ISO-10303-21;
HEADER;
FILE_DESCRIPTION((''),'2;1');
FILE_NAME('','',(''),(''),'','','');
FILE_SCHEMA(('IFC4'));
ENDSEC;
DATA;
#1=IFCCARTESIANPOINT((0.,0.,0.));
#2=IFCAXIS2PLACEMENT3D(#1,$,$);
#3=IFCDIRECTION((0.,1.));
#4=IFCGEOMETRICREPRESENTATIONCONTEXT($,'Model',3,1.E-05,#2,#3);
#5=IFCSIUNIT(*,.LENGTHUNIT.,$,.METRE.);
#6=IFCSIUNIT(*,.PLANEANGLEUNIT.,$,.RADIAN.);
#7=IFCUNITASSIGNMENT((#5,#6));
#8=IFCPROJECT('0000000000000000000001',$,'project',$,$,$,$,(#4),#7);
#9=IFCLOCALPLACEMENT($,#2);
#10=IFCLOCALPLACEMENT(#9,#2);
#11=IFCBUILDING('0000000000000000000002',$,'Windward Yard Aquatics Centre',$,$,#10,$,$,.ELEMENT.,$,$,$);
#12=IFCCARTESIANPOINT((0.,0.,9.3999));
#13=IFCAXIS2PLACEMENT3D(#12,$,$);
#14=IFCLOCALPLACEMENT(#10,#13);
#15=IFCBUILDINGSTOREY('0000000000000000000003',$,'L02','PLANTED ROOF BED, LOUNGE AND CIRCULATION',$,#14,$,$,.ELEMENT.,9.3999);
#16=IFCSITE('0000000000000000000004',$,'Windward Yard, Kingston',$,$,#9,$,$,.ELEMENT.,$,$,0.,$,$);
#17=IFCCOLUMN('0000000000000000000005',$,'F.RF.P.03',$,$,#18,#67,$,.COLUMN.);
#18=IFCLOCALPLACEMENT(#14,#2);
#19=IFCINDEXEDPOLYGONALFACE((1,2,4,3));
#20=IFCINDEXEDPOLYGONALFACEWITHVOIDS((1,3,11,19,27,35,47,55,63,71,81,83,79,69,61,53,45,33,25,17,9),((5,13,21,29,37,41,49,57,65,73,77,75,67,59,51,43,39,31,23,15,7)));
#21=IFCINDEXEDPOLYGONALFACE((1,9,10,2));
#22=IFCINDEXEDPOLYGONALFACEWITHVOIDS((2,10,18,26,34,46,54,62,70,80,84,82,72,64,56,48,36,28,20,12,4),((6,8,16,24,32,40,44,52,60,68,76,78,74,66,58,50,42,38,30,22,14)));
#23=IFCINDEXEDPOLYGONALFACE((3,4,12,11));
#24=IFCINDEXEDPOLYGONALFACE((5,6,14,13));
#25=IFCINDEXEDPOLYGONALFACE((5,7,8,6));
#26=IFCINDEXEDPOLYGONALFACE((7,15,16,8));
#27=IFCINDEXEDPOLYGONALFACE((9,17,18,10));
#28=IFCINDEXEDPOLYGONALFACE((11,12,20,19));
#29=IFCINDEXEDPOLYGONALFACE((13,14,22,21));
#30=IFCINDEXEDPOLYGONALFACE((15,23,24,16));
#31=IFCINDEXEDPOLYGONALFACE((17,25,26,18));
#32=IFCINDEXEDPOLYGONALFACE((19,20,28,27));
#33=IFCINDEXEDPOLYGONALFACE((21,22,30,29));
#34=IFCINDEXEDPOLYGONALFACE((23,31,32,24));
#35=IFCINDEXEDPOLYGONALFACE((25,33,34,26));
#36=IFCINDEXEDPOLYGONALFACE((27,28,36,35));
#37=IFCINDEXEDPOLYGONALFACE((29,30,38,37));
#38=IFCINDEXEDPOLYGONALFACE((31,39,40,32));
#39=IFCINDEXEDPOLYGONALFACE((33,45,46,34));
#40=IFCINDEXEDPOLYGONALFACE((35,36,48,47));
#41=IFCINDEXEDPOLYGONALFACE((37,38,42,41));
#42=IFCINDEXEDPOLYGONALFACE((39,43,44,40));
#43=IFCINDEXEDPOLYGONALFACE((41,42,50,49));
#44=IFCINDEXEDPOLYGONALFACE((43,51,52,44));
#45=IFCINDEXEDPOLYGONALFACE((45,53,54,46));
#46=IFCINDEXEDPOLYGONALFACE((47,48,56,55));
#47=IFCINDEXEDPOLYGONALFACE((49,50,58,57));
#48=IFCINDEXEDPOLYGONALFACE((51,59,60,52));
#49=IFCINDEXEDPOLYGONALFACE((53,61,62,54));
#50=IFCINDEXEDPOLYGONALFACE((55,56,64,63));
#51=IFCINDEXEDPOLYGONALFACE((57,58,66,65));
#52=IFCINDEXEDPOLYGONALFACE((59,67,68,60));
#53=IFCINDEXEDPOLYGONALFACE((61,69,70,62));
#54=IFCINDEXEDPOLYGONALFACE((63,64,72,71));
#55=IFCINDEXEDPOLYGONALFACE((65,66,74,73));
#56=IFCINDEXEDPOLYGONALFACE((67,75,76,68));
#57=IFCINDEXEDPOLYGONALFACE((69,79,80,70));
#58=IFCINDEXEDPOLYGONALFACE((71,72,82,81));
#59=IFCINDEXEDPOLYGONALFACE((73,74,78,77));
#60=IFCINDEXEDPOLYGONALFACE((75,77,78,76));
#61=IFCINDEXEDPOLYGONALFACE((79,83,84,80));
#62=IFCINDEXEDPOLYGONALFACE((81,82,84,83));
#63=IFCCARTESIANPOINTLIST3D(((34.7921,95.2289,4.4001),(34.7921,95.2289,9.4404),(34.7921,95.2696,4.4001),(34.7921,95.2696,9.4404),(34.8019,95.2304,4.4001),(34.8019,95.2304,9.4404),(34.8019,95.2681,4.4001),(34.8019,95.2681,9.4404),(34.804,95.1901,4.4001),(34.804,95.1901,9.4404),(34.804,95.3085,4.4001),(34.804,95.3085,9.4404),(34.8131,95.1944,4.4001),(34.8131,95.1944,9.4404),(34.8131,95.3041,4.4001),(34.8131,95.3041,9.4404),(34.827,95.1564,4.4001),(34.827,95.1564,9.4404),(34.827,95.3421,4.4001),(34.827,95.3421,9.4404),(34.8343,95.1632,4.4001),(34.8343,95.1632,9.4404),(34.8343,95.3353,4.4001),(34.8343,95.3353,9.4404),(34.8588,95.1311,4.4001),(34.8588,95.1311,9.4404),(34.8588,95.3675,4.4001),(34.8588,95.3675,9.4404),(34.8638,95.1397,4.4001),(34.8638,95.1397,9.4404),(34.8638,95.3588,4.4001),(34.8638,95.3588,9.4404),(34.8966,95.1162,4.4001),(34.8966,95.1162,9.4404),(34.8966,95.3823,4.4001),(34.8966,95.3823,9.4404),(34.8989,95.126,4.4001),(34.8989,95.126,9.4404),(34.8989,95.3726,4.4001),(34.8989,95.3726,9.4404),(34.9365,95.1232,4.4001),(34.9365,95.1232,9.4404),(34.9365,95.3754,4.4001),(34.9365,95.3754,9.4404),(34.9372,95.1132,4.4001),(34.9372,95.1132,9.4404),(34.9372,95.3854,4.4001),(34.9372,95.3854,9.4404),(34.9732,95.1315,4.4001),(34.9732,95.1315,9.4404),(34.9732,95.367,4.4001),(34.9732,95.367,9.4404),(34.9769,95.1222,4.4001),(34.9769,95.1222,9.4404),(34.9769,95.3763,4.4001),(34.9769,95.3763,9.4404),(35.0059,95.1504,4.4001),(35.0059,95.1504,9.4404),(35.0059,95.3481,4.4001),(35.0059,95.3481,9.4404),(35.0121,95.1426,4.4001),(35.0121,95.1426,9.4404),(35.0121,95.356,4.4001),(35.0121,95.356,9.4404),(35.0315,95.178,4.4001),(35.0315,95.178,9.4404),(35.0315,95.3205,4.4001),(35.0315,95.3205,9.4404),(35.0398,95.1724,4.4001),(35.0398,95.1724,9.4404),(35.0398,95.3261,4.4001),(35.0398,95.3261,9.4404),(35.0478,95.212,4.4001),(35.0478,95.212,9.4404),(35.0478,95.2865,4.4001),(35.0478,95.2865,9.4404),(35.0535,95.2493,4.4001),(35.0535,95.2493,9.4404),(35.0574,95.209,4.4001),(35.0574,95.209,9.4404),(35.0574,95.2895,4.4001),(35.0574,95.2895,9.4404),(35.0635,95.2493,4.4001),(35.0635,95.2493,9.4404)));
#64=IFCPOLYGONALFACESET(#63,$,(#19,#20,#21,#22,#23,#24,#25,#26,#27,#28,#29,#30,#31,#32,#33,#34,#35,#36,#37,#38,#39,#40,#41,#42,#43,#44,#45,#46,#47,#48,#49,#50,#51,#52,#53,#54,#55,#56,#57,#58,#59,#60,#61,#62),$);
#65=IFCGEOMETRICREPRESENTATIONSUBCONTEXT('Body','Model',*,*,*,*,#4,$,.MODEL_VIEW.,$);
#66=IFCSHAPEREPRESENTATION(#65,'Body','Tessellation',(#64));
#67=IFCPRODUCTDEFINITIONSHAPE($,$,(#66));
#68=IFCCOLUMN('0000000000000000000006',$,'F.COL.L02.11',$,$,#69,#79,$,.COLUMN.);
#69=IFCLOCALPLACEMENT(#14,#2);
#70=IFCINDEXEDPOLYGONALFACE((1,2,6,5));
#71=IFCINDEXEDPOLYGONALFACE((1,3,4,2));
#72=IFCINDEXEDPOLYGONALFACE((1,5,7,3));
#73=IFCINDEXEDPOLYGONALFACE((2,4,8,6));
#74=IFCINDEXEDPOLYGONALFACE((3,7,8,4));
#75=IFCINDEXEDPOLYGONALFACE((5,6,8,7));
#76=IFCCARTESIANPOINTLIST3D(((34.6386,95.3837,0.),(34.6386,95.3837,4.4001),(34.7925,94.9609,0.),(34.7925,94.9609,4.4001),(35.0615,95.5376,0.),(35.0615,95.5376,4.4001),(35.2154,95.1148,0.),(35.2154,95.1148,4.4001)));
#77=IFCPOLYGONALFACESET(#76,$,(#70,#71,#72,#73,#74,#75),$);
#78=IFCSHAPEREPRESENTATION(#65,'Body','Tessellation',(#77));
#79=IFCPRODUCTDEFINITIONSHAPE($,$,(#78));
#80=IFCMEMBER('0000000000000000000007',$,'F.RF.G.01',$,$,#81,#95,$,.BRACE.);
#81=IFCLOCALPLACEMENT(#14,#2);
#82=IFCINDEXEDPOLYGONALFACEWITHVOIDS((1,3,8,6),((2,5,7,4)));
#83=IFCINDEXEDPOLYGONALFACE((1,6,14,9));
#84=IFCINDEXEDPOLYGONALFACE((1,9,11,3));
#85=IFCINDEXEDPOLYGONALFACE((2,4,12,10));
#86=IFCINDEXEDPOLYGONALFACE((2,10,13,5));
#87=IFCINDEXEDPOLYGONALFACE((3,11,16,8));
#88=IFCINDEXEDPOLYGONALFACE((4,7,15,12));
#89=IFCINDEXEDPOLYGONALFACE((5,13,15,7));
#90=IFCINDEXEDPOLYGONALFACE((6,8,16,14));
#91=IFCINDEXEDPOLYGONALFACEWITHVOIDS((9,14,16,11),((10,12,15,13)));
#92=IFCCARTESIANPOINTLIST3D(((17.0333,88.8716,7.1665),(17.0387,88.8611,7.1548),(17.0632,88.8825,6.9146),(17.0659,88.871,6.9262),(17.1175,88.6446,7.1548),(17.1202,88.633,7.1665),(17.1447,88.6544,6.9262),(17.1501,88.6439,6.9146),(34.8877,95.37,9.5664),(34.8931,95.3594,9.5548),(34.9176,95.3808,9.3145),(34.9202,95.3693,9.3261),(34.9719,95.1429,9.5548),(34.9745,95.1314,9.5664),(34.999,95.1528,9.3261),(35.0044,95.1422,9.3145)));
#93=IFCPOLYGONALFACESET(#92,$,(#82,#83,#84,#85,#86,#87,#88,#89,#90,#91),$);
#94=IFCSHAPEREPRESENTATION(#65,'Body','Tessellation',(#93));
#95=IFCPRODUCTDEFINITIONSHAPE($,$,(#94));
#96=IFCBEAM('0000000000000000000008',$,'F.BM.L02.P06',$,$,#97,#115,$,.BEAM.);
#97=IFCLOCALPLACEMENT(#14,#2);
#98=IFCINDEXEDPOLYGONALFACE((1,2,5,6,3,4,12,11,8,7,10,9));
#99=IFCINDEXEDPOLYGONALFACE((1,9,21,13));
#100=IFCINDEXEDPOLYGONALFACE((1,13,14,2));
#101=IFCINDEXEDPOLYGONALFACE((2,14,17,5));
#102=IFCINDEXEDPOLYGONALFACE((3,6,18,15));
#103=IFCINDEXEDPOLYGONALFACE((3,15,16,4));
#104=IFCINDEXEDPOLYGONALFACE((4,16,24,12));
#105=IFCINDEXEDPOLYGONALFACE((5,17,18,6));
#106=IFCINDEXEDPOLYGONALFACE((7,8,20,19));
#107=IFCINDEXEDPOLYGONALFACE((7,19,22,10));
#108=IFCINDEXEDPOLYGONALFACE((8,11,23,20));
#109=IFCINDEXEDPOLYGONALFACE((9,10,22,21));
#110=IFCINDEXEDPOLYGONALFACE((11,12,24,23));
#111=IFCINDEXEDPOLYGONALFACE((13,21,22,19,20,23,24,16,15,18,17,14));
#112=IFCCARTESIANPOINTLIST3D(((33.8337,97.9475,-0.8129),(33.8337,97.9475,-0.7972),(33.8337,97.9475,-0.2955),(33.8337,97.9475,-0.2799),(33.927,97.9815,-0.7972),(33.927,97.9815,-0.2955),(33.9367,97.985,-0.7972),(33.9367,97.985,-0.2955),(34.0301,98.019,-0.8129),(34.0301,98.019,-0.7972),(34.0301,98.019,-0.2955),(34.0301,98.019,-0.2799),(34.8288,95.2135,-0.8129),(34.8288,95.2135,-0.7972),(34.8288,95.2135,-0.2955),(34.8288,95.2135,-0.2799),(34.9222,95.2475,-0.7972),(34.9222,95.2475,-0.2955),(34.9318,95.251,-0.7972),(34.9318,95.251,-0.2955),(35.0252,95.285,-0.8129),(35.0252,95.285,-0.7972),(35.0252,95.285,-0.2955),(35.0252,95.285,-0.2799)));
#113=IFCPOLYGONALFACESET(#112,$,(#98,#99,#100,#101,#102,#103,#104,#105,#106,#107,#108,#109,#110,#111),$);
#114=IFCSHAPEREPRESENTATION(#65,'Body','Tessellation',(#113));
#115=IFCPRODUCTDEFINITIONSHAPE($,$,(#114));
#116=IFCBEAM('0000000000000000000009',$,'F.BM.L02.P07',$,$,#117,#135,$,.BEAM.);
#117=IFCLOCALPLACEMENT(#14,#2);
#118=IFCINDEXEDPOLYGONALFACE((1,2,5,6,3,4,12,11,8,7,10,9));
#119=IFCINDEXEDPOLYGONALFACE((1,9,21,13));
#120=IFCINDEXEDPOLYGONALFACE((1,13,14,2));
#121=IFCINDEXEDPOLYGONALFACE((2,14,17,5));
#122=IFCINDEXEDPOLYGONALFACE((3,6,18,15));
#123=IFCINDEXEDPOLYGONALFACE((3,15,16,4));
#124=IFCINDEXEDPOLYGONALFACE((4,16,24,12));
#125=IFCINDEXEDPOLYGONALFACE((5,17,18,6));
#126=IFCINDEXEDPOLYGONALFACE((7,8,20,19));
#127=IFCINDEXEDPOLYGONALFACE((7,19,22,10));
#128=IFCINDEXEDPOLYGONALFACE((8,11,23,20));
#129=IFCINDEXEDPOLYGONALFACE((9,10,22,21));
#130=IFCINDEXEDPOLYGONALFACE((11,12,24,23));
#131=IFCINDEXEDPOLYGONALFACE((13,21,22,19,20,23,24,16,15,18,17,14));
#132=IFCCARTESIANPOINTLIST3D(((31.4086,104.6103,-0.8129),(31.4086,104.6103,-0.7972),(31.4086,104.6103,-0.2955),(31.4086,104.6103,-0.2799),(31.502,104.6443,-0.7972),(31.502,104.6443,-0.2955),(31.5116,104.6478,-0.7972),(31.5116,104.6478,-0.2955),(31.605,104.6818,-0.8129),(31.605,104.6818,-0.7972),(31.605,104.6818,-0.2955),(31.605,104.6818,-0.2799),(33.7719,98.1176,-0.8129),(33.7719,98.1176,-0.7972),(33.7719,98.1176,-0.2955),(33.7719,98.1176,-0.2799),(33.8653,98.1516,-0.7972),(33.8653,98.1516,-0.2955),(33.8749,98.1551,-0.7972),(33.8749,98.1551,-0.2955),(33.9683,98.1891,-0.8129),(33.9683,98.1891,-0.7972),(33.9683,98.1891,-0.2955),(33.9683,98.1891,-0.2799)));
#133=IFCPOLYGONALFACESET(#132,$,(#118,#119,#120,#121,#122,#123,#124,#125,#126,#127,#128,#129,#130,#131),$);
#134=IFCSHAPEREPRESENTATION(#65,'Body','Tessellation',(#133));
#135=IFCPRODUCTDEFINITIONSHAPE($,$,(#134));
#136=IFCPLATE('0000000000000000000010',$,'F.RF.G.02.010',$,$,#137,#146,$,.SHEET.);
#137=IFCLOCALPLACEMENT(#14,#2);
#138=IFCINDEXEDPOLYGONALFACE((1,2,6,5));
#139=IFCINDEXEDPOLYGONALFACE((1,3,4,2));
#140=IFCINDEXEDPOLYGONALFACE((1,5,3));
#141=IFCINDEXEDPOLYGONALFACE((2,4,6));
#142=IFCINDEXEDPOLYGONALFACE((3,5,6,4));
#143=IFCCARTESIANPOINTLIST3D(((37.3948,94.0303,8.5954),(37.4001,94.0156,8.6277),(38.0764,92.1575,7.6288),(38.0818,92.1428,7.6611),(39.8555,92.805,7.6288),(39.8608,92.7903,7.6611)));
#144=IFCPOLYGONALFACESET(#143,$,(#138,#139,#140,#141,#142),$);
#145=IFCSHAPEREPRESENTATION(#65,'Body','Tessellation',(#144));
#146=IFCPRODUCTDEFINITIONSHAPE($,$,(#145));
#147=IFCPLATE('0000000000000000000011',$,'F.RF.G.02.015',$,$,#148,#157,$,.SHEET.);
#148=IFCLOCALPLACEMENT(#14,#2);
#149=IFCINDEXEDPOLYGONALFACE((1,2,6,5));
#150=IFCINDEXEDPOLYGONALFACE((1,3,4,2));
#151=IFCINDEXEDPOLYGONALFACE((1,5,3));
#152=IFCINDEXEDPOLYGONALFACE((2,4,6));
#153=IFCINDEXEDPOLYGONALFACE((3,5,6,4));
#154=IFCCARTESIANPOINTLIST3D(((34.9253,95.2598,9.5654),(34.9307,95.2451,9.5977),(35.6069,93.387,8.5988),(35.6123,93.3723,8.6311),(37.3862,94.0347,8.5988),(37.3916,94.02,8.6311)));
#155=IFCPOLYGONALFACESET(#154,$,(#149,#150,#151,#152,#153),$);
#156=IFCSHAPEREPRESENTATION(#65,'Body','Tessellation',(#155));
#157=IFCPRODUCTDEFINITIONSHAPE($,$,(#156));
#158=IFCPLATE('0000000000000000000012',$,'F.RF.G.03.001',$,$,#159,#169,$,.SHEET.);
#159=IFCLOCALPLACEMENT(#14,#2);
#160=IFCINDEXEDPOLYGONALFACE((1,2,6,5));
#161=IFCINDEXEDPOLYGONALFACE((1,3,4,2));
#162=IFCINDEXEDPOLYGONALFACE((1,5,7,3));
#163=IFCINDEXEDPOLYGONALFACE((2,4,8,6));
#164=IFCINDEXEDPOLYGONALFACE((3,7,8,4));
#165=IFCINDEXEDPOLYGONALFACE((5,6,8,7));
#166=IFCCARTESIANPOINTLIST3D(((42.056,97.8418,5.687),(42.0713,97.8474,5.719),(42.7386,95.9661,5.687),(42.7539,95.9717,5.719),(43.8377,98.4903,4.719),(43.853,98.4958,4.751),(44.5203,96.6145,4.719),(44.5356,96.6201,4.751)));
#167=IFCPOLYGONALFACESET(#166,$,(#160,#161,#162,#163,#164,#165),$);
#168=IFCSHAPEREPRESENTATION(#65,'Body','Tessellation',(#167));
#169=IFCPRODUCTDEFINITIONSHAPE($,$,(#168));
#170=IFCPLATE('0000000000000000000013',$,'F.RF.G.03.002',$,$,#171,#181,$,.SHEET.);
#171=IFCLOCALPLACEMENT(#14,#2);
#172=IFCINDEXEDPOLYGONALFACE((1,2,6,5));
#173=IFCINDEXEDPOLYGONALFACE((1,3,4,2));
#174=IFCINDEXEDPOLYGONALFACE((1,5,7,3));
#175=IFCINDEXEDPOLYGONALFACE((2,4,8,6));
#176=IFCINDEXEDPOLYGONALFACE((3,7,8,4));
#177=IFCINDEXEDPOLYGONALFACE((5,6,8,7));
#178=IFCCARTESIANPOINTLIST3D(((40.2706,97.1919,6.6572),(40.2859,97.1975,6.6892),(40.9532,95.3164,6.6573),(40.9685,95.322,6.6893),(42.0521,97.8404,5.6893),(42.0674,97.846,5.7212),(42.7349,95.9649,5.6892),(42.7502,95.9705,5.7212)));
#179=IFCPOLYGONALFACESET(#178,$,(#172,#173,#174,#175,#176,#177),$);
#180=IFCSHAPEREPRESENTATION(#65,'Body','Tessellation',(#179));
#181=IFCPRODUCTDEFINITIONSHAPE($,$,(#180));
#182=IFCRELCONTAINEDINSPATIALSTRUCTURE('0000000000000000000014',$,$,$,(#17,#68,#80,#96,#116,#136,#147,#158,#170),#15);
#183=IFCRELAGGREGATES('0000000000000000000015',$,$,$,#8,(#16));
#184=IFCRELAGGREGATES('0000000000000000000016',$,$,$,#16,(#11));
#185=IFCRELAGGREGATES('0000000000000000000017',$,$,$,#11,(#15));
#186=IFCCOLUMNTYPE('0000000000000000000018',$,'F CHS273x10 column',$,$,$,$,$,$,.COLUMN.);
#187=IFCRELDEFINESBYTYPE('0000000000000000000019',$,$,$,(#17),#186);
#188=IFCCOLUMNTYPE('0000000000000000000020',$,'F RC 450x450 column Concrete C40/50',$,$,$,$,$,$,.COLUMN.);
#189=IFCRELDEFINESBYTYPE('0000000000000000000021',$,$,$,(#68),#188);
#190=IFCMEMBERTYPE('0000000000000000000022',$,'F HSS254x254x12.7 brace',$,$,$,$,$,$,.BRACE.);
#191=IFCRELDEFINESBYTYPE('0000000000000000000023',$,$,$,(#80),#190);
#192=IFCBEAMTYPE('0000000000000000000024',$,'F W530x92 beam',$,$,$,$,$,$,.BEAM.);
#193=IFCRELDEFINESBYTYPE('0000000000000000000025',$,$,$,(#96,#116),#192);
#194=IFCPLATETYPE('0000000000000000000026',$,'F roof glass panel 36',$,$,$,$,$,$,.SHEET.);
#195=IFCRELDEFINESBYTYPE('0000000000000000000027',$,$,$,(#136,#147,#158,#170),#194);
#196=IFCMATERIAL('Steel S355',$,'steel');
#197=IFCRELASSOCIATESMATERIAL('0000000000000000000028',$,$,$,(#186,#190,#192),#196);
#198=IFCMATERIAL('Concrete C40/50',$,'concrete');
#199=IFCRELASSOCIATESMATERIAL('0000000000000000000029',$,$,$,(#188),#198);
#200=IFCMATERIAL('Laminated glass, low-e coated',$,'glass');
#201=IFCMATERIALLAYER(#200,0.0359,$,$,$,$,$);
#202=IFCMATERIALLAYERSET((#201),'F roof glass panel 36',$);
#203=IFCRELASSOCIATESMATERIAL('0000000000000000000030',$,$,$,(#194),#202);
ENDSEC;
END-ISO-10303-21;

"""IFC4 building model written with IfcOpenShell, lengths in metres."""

from ifc_helpers import new_model, si_unit, direction, frame, origin, origin_2d, place, context, subcontext, project, spatial, polyline, rectangle, hollow_rectangle, hollow_circle, i_section, outline, extrude, material, layer, layer_set, material_profile, profile_set, type_object, element, save


model = new_model("IFC4")

# Units and contexts
model_context = context("Model", 3, precision=1e-05, world=origin(), true_north=direction((0.0, 1.0)))
body_context = subcontext(model_context, "Body", "Model", "MODEL_VIEW")
ifc_project = project(units=[si_unit("LENGTHUNIT", "METRE"), si_unit("PLANEANGLEUNIT", "RADIAN")], contexts=[model_context])

# Site, building, storey
site_placement = place(None, origin())
site = spatial("IfcSite", under=ifc_project, at=site_placement, Name="Windward Yard, Kingston", CompositionType="ELEMENT", RefElevation=0.0)
building_placement = place(site_placement, origin())
building = spatial("IfcBuilding", under=site, at=building_placement, Name="Windward Yard Aquatics Centre", CompositionType="ELEMENT")
storey_placement = place(building_placement, frame((0.0, 0.0, 9.3999)))
storey = spatial("IfcBuildingStorey", under=building, at=storey_placement, Name="L02", Description="PLANTED ROOF BED, LOUNGE AND CIRCULATION", CompositionType="ELEMENT", Elevation=9.3999)

# Columns
ifc_material_1 = material(Name="Steel S355", Category="steel")
ifc_material_profile_1 = material_profile(ifc_material_1, hollow_circle(Radius=0.1365, WallThickness=0.01, at=origin_2d()), Name="CHS273x10")
ifc_profile_set_1 = profile_set([ifc_material_profile_1], Name="Steel S355")
column_type_1 = type_object("IfcColumnType", Name="F CHS273x10 column", PredefinedType="COLUMN", material=ifc_profile_set_1)
column_1_placement = place(storey_placement, frame((34.927, 95.2493, 4.4001), z_axis=(0.0, 0.0, 1.0), x_axis=(1.0, 0.0, 0.0)))
element("IfcColumn", 1, at=column_1_placement, inside=storey, type_object=column_type_1, Name="F.RF.P.03", PredefinedType="COLUMN", context=body_context, shape_type="SweptSolid", body=[
    extrude(hollow_circle(Radius=0.1365, WallThickness=0.01, at=origin_2d()), origin(), (0.0, 0.0, 1.0), 5.0403),
])
ifc_material_2 = material(Name="Concrete C40/50", Category="concrete")
ifc_material_profile_2 = material_profile(ifc_material_2, rectangle(XDim=0.45, YDim=0.45, at=origin_2d()), Name="RC 450x450")
ifc_profile_set_2 = profile_set([ifc_material_profile_2], Name="Concrete C40/50")
column_type_2 = type_object("IfcColumnType", Name="F RC 450x450 column Concrete C40/50", PredefinedType="COLUMN", material=ifc_profile_set_2)
column_2_placement = place(storey_placement, frame((34.927, 95.2493, 0.0), z_axis=(0.0, 0.0, 1.0), x_axis=(0.939693, 0.34202, 0.0)))
element("IfcColumn", 2, at=column_2_placement, inside=storey, type_object=column_type_2, Name="F.COL.L02.11", PredefinedType="COLUMN", context=body_context, shape_type="SweptSolid", body=[
    extrude(rectangle(XDim=0.45, YDim=0.45, at=origin_2d()), origin(), (0.0, 0.0, 1.0), 4.4001),
])

# Member
ifc_material_profile_3 = material_profile(ifc_material_1, hollow_rectangle(XDim=0.2539, YDim=0.2539, WallThickness=0.0117, at=origin_2d()), Name="HSS254x254x12.7")
ifc_profile_set_3 = profile_set([ifc_material_profile_3], Name="Steel S355")
member_type = type_object("IfcMemberType", Name="F HSS254x254x12.7 brace", PredefinedType="BRACE", material=ifc_profile_set_3)
member_placement = place(storey_placement, frame((34.946, 95.2561, 9.4404), z_axis=(-0.932287, -0.339318, -0.125315), x_axis=(0.342014, -0.939695, 0.0)))
element("IfcMember", 3, at=member_placement, inside=storey, type_object=member_type, Name="F.RF.G.01", PredefinedType="BRACE", context=body_context, shape_type="SweptSolid", body=[
    extrude(hollow_rectangle(XDim=0.2539, YDim=0.2539, WallThickness=0.0117, at=origin_2d()), origin(), (0.0, 0.0, 1.0), 19.1511),
])

# Beams
ifc_material_profile_4 = material_profile(ifc_material_1, i_section(OverallWidth=0.209, OverallDepth=0.533, WebThickness=0.0103, FlangeThickness=0.0156, at=origin_2d()), Name="W530x92")
ifc_profile_set_4 = profile_set([ifc_material_profile_4], Name="Steel S355")
beam_type = type_object("IfcBeamType", Name="F W530x92 beam", PredefinedType="BEAM", material=ifc_profile_set_4)
beam_1_placement = place(storey_placement, frame((34.927, 95.2493, -0.5464), z_axis=(-0.34204, 0.939686, 0.0), x_axis=(-0.939686, -0.34204, 0.0)))
element("IfcBeam", 4, at=beam_1_placement, inside=storey, type_object=beam_type, Name="F.BM.L02.P06", PredefinedType="BEAM", context=body_context, shape_type="SweptSolid", body=[
    extrude(i_section(OverallWidth=0.209, OverallDepth=0.533, WebThickness=0.0103, FlangeThickness=0.0156, at=origin_2d()), origin(), (0.0, 0.0, 1.0), 2.9094),
])
beam_2_placement = place(storey_placement, frame((33.8701, 98.1533, -0.5464), z_axis=(-0.342038, 0.939686, 0.0), x_axis=(-0.939686, -0.342038, 0.0)))
element("IfcBeam", 5, at=beam_2_placement, inside=storey, type_object=beam_type, Name="F.BM.L02.P07", PredefinedType="BEAM", context=body_context, shape_type="SweptSolid", body=[
    extrude(i_section(OverallWidth=0.209, OverallDepth=0.533, WebThickness=0.0103, FlangeThickness=0.0156, at=origin_2d()), origin(), (0.0, 0.0, 1.0), 6.9094),
])

# Plates
ifc_material_3 = material(Name="Laminated glass, low-e coated", Category="glass")
ifc_layer_1 = layer(ifc_material_3, 0.0359)
ifc_layer_set_1 = layer_set([ifc_layer_1], Name="F roof glass panel 36")
plate_type = type_object("IfcPlateType", Name="F roof glass panel 36", PredefinedType="SHEET", material=ifc_layer_set_1)
plate_1_placement = place(storey_placement, frame((37.4001, 94.0156, 8.6277), z_axis=(0.149233, -0.410054, 0.899769), x_axis=(0.844473, -0.420519, -0.331706)))
element("IfcPlate", 6, at=plate_1_placement, inside=storey, type_object=plate_type, Name="F.RF.G.02.010", PredefinedType="SHEET", context=body_context, shape_type="SweptSolid", body=[
    extrude(outline(polyline([(0.0, 0.0), (2.9139, 0.0), (1.6838, -1.4391), (0.0, 0.0)])), origin(), (0.0, 0.0, -1.0), 0.0359),
])
plate_2_placement = place(storey_placement, frame((34.9307, 95.2451, 9.5977), z_axis=(0.149265, -0.410043, 0.899769), x_axis=(0.844527, -0.42042, -0.331695)))
element("IfcPlate", 7, at=plate_2_placement, inside=storey, type_object=plate_type, Name="F.RF.G.02.015", PredefinedType="SHEET", context=body_context, shape_type="SweptSolid", body=[
    extrude(outline(polyline([(0.0, 0.0), (2.914, 0.0), (1.6836, -1.4393), (0.0, 0.0)])), origin(), (0.0, 0.0, -1.0), 0.0359),
])
plate_3_placement = place(storey_placement, frame((42.0713, 97.8474, 5.719), z_axis=(0.427293, 0.1555, 0.890641), x_axis=(0.836938, 0.304591, -0.454708)))
element("IfcPlate", 8, at=plate_3_placement, inside=storey, type_object=plate_type, Name="F.RF.G.03.001", PredefinedType="SHEET", context=body_context, shape_type="SweptSolid", body=[
    extrude(outline(polyline([(0.0, 0.0), (2.1289, 0.0), (2.1289, -1.9961), (0.0, -1.9961), (0.0, 0.0)])), origin(), (0.0, 0.0, -1.0), 0.0359),
])
for number, where, z_axis, x_axis, name in (
    (9, (40.2859, 97.1975, 6.6892), (0.427298, 0.15555, 0.890629), (0.836914, 0.304624, -0.45473), "F.RF.G.03.002"),
):
    element("IfcPlate", number, at=place(storey_placement, frame(where, z_axis=z_axis, x_axis=x_axis)), inside=storey, type_object=plate_type, Name=name, PredefinedType="SHEET", context=body_context, shape_type="SweptSolid", body=[
        extrude(outline(polyline([(0.0, 0.0), (2.1287, 0.0), (2.1288, -1.9959), (0.0, -1.9959), (0.0, 0.0)])), origin(), (0.0, 0.0, -1.0), 0.0359),
    ])

save(model, "model.ifc")
